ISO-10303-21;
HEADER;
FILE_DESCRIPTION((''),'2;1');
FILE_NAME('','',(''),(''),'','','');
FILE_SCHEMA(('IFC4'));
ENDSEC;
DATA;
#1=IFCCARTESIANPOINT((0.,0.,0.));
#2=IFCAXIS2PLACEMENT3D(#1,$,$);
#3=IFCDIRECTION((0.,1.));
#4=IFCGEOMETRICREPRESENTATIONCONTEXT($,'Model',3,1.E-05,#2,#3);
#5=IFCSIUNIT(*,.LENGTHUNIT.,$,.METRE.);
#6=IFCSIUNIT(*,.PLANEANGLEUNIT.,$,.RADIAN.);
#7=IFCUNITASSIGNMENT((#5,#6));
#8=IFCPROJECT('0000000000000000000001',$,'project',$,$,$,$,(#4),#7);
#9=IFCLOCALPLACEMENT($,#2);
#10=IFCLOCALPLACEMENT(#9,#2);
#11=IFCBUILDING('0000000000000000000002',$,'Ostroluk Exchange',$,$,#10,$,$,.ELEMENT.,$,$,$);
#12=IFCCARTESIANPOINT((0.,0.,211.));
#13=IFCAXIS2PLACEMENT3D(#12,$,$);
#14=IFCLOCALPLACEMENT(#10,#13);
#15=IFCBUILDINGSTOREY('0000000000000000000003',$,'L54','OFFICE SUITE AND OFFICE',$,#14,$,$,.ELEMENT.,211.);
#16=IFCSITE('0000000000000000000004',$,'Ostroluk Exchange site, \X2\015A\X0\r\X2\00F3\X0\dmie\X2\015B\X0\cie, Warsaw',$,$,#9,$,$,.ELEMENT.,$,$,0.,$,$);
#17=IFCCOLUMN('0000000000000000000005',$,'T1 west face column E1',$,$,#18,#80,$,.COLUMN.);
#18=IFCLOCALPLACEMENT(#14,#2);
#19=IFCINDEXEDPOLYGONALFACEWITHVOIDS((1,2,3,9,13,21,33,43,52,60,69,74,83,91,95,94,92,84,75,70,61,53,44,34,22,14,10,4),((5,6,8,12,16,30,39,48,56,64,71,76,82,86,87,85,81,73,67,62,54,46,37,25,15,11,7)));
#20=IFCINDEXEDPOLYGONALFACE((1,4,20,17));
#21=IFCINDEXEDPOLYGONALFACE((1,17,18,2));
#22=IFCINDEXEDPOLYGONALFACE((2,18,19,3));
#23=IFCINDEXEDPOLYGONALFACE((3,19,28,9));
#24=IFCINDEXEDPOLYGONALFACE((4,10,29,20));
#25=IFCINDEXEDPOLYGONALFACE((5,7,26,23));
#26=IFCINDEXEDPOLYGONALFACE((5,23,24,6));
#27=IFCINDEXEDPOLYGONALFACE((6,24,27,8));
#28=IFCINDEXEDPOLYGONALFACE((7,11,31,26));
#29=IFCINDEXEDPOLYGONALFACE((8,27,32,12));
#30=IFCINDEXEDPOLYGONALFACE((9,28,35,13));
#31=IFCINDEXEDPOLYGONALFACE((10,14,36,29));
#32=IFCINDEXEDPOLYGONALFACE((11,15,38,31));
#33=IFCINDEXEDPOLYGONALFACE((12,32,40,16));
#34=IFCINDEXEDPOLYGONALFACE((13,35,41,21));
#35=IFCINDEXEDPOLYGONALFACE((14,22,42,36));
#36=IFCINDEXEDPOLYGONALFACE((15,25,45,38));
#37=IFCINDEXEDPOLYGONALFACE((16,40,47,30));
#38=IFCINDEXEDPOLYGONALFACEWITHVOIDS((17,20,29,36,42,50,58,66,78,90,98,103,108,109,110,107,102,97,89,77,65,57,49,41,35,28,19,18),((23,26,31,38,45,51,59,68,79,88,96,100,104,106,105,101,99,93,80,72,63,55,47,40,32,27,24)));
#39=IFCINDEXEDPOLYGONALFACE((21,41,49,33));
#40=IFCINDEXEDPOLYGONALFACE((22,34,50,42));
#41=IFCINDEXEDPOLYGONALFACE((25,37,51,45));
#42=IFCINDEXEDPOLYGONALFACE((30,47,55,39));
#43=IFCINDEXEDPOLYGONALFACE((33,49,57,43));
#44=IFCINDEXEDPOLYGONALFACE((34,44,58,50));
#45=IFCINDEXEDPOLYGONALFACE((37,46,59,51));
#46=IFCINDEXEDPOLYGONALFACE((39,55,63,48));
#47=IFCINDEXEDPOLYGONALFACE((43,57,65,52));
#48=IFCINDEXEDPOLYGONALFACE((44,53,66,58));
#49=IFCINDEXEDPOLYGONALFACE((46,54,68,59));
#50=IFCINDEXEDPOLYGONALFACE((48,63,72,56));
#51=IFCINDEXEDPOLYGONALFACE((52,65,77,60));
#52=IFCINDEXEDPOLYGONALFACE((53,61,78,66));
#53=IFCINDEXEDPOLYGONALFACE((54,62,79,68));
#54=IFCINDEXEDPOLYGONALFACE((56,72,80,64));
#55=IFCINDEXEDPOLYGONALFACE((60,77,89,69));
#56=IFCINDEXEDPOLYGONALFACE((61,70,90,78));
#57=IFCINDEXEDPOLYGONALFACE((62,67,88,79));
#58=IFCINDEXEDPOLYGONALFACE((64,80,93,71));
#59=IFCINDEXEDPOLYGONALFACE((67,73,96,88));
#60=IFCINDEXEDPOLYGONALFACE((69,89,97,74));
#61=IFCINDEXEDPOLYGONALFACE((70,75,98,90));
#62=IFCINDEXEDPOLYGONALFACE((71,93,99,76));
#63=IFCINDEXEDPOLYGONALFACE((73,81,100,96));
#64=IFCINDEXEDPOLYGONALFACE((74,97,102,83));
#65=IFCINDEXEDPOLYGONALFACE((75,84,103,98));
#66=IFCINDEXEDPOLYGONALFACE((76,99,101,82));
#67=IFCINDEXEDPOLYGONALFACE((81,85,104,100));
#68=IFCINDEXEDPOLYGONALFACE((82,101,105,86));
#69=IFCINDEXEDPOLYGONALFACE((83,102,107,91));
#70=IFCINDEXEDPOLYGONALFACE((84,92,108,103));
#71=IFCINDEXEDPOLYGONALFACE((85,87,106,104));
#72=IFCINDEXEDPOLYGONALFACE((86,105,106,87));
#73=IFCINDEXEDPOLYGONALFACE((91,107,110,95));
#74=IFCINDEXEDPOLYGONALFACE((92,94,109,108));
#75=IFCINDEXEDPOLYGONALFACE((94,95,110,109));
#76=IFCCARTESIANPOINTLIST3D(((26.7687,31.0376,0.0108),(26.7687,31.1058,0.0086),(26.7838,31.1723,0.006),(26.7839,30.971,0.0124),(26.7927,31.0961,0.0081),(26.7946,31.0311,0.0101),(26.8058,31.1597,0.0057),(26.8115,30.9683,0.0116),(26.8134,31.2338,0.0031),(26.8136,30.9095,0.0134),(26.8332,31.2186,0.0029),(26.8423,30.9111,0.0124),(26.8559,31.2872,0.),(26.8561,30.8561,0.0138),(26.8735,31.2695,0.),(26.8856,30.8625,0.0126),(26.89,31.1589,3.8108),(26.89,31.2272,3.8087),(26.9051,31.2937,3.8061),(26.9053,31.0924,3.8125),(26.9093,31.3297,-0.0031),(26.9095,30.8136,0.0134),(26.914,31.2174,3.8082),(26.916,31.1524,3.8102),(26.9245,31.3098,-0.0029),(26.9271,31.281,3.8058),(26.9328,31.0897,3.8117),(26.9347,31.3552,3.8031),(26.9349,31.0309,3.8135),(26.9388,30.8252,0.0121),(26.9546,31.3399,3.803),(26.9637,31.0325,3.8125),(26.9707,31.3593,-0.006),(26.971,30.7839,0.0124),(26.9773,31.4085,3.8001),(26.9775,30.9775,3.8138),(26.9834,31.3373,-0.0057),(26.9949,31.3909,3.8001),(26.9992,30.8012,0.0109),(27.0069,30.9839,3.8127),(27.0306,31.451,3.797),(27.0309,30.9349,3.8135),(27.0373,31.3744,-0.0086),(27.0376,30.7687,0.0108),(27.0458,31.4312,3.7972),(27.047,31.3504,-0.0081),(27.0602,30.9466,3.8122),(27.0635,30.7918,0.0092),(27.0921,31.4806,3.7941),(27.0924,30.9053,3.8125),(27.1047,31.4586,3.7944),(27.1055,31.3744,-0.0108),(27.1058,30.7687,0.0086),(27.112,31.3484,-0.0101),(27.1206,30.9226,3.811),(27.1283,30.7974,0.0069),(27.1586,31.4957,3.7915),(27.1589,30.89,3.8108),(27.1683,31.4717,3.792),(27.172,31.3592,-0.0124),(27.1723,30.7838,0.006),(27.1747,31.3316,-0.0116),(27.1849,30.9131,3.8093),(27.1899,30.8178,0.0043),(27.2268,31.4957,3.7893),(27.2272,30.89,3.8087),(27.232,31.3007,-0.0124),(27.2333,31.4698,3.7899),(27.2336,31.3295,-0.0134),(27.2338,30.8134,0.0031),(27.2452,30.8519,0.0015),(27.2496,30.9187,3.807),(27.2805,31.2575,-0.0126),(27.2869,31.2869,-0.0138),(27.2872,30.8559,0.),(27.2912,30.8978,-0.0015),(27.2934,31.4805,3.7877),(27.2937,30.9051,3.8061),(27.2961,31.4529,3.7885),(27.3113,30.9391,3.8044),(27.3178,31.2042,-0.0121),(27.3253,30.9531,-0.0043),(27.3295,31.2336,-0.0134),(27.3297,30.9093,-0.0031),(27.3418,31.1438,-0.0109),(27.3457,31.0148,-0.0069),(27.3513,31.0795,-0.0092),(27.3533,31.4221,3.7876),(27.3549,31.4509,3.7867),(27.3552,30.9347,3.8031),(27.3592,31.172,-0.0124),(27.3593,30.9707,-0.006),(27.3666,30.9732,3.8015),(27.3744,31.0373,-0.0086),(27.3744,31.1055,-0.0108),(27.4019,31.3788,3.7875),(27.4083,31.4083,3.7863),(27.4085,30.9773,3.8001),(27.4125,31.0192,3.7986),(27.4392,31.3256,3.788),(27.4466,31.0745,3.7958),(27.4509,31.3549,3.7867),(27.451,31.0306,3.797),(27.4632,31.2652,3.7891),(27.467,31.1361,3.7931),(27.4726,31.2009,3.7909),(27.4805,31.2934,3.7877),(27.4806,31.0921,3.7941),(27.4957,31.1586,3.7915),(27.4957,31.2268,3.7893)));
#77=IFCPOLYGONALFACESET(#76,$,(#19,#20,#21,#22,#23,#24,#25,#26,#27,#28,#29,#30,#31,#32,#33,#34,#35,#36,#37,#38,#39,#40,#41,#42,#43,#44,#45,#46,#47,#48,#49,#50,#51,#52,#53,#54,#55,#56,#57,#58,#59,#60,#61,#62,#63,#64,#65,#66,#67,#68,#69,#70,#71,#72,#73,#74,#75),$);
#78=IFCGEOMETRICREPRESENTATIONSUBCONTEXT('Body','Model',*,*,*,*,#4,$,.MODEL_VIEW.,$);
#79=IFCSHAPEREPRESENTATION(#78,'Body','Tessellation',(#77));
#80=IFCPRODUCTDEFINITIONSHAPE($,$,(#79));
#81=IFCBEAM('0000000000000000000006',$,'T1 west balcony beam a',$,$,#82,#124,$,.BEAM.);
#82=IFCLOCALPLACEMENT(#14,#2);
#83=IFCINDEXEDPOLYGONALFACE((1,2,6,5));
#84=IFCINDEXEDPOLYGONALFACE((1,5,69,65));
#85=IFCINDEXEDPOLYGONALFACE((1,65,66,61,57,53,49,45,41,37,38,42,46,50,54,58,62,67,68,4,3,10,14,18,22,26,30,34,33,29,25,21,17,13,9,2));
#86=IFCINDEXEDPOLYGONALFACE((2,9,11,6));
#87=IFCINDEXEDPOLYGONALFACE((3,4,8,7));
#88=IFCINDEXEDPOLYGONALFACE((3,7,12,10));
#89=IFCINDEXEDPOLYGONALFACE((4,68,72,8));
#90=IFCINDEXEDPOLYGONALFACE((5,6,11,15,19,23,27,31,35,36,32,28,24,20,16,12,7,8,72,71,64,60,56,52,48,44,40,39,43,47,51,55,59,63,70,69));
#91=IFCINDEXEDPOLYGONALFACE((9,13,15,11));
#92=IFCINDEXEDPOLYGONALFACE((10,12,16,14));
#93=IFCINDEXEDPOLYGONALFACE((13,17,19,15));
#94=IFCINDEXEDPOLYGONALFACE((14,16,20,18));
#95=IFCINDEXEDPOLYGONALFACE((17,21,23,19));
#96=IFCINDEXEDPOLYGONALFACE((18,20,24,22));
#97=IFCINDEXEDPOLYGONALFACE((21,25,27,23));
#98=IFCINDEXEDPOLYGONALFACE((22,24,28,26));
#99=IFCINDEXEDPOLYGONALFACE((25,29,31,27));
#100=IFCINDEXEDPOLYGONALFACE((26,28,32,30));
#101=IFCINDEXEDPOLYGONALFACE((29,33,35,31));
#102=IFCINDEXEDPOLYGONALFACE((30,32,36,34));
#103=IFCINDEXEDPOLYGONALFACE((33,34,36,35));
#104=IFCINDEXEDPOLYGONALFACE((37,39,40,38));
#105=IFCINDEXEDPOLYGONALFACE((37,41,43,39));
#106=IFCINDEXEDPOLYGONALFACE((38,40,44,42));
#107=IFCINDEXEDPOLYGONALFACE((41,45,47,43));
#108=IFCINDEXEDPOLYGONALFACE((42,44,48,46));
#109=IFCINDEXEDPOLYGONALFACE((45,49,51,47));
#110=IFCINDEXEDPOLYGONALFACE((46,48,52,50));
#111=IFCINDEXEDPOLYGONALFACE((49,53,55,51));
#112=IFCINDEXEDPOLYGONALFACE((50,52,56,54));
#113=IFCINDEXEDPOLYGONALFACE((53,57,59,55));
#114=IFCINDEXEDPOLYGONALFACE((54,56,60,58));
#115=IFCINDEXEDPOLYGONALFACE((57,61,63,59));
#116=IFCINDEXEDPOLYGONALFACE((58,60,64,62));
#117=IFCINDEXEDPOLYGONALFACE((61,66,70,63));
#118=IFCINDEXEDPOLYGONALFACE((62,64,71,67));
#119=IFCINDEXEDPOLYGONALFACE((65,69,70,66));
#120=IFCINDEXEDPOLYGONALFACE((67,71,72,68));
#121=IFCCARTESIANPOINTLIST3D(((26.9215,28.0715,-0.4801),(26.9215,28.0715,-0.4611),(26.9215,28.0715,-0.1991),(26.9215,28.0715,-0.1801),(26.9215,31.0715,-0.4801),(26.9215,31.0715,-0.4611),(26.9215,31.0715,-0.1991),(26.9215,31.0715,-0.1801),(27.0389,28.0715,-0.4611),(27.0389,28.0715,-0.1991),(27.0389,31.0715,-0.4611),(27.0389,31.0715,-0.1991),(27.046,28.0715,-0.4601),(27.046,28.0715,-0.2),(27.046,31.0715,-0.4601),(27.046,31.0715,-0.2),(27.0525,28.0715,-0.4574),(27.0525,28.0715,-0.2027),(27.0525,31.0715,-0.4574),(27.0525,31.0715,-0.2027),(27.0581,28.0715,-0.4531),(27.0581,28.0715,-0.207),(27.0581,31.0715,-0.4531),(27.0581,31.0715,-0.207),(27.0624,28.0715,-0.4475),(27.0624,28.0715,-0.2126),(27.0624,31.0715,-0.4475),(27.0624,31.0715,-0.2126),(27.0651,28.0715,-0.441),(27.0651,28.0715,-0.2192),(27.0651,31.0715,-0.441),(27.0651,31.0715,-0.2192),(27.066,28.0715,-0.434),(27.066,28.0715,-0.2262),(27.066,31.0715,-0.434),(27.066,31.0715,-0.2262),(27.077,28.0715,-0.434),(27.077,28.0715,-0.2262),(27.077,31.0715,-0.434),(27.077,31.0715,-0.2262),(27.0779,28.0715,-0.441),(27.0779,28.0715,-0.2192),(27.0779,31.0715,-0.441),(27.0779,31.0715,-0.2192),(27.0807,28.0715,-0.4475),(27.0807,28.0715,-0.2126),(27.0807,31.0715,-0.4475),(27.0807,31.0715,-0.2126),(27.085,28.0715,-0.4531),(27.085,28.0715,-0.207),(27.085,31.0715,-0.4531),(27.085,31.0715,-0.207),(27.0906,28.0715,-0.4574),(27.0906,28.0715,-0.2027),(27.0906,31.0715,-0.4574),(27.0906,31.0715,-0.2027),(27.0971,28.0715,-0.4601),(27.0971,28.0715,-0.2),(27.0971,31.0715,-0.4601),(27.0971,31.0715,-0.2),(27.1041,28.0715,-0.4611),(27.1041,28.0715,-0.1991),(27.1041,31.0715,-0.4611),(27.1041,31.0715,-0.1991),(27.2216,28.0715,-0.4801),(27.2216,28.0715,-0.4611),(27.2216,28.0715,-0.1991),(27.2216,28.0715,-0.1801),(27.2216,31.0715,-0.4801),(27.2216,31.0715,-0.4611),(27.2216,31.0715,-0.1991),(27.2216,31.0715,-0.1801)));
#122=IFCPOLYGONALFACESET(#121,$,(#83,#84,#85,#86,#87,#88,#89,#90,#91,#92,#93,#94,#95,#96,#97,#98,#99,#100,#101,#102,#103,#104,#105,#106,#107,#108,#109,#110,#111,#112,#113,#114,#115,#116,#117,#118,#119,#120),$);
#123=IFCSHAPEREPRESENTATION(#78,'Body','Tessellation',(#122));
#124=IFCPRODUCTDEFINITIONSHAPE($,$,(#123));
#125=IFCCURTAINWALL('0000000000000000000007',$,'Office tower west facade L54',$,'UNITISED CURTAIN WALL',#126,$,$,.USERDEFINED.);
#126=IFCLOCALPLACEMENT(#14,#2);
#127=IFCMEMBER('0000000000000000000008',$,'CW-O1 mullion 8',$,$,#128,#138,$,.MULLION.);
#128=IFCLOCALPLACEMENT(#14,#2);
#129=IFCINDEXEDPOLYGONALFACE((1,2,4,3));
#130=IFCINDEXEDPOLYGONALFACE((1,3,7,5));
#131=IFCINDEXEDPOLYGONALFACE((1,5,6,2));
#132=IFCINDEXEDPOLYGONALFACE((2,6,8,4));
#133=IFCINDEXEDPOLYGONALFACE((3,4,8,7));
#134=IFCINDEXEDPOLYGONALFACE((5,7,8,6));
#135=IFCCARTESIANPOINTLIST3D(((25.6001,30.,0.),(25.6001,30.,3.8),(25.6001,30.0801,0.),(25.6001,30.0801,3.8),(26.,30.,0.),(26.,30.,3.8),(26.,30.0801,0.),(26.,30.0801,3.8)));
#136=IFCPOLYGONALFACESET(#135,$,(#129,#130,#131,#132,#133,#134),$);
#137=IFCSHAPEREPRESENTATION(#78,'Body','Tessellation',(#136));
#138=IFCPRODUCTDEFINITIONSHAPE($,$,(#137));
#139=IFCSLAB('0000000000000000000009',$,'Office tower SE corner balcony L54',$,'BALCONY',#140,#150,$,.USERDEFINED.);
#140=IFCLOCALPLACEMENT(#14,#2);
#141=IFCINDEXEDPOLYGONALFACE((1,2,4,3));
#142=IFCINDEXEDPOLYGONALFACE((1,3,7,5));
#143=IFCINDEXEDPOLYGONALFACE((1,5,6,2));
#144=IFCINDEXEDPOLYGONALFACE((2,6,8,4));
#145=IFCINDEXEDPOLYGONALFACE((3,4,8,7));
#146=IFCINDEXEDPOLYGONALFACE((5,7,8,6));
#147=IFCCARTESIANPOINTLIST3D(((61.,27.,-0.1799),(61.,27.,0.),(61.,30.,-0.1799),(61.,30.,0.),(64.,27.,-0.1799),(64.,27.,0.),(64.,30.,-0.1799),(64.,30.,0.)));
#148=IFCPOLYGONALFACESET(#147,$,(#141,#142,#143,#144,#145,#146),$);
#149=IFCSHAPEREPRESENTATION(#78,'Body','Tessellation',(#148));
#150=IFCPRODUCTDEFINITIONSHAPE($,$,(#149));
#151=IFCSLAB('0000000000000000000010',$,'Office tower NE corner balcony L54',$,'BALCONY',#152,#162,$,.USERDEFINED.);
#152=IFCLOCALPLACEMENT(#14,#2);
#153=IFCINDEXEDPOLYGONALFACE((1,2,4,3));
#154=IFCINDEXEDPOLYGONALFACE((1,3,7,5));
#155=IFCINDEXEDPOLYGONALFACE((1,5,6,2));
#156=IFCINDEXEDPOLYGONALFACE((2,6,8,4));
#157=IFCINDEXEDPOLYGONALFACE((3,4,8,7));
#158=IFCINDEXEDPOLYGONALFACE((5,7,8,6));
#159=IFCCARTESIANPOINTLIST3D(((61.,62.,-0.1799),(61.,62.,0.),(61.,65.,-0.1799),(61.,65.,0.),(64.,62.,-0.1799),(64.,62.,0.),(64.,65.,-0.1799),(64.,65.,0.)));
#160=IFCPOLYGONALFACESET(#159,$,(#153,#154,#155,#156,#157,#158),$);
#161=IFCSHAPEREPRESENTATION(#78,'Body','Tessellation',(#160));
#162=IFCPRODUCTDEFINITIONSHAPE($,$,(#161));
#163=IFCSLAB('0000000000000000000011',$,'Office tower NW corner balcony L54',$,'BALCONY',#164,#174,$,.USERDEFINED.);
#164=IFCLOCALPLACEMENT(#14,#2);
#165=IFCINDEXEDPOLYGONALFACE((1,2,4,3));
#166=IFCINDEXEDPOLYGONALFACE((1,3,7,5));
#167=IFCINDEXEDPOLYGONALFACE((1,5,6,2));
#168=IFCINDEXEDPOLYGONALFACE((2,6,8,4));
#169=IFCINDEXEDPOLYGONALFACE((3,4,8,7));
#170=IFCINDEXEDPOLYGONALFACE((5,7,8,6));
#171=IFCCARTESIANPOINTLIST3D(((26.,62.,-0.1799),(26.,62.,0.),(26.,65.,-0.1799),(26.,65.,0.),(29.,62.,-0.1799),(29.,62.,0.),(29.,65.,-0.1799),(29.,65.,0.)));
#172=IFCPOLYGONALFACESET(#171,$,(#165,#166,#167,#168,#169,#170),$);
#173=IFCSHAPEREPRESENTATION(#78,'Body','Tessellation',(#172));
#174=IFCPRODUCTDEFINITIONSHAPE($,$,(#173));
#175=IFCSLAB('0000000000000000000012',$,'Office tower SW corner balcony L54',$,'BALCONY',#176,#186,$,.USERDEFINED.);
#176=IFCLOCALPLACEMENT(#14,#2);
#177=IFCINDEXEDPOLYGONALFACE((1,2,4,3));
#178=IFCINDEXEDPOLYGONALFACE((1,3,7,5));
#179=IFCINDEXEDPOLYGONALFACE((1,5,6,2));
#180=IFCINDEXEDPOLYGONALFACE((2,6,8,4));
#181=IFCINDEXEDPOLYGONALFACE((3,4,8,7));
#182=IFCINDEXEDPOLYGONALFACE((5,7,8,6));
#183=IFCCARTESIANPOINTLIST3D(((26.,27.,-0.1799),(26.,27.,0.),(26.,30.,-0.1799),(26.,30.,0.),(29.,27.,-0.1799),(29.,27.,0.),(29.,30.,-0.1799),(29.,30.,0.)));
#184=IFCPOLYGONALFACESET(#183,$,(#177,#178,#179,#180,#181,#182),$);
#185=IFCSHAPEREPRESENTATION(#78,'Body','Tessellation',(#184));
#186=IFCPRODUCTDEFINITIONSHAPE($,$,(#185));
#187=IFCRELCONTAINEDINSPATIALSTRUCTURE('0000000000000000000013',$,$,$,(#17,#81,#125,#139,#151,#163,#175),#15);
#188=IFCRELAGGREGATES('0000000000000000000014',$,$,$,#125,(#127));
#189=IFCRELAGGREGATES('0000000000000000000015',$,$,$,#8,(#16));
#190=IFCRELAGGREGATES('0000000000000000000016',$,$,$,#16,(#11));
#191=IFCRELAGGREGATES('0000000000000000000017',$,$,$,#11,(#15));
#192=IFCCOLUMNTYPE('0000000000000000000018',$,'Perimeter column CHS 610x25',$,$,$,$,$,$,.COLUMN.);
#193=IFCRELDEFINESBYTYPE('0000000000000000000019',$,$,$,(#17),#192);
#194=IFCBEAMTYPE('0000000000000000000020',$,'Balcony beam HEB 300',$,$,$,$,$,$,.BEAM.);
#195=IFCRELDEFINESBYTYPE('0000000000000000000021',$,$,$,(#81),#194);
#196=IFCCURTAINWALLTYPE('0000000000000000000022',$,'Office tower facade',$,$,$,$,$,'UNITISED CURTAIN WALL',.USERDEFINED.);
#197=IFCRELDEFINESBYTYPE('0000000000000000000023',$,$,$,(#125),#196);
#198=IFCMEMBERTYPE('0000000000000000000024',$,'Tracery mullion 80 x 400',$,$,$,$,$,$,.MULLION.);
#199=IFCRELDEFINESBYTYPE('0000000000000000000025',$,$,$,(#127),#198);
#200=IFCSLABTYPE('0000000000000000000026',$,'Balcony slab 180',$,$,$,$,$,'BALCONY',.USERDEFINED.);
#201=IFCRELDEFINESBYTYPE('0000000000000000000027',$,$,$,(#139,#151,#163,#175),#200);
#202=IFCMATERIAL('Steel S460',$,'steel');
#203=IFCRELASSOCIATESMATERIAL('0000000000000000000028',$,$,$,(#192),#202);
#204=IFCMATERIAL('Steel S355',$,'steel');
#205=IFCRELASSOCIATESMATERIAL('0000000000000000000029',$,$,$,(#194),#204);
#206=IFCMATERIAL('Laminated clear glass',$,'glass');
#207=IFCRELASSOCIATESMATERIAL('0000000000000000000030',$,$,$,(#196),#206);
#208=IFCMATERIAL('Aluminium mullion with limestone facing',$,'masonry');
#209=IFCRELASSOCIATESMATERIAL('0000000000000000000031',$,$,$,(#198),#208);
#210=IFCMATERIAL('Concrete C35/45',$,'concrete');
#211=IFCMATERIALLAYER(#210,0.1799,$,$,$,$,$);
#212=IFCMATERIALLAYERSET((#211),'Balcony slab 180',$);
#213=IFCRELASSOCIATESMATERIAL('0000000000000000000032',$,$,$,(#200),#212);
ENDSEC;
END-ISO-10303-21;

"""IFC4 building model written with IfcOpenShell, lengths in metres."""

from ifc_helpers import new_model, si_unit, direction, frame, origin, origin_2d, place, context, subcontext, project, spatial, polyline, rectangle, hollow_circle, i_section, outline, extrude, material, layer, layer_set, material_profile, profile_set, type_object, element, aggregate, save


model = new_model("IFC4")

# Units and contexts
model_context = context("Model", 3, precision=1e-05, world=origin(), true_north=direction((0.0, 1.0)))
body_context = subcontext(model_context, "Body", "Model", "MODEL_VIEW")
ifc_project = project(units=[si_unit("LENGTHUNIT", "METRE"), si_unit("PLANEANGLEUNIT", "RADIAN")], contexts=[model_context])

# Site, building, storey
site_placement = place(None, origin())
site = spatial("IfcSite", under=ifc_project, at=site_placement, Name="Ostroluk Exchange site, Śródmieście, Warsaw", CompositionType="ELEMENT", RefElevation=0.0)
building_placement = place(site_placement, origin())
building = spatial("IfcBuilding", under=site, at=building_placement, Name="Ostroluk Exchange", CompositionType="ELEMENT")
storey_placement = place(building_placement, frame((0.0, 0.0, 211.0)))
storey = spatial("IfcBuildingStorey", under=building, at=storey_placement, Name="L54", Description="OFFICE SUITE AND OFFICE", CompositionType="ELEMENT", Elevation=211.0)

# Column
ifc_material_1 = material(Name="Steel S460", Category="steel")
ifc_material_profile_1 = material_profile(ifc_material_1, hollow_circle(Radius=0.3049, WallThickness=0.0249, at=origin_2d()), Name="CHS 610x25")
ifc_profile_set_1 = profile_set([ifc_material_profile_1], Name="Steel S460")
column_type = type_object("IfcColumnType", Name="Perimeter column CHS 610x25", PredefinedType="COLUMN", material=ifc_profile_set_1)
column_placement = place(storey_placement, frame((27.0715, 31.0715, 0.0), z_axis=(0.031898, 0.031898, 0.998982), x_axis=(-0.707107, 0.707107, 0.0)))
element("IfcColumn", 1, at=column_placement, inside=storey, type_object=column_type, Name="T1 west face column E1", PredefinedType="COLUMN", context=body_context, shape_type="SweptSolid", body=[
    extrude(hollow_circle(Radius=0.3049, WallThickness=0.0249, at=origin_2d()), origin(), (0.0, 0.0, 1.0), 3.804),
])

# Beam
ifc_material_2 = material(Name="Steel S355", Category="steel")
ifc_material_profile_2 = material_profile(ifc_material_2, i_section(OverallWidth=0.3, OverallDepth=0.3, WebThickness=0.011, FlangeThickness=0.019, FilletRadius=0.0271, at=origin_2d()), Name="HEB 300")
ifc_profile_set_2 = profile_set([ifc_material_profile_2], Name="Steel S355")
beam_type = type_object("IfcBeamType", Name="Balcony beam HEB 300", PredefinedType="BEAM", material=ifc_profile_set_2)
beam_placement = place(storey_placement, frame((27.0715, 31.0715, -0.3301), z_axis=(0.0, -1.0, 0.0), x_axis=(1.0, 0.0, 0.0)))
element("IfcBeam", 2, at=beam_placement, inside=storey, type_object=beam_type, Name="T1 west balcony beam a", PredefinedType="BEAM", context=body_context, shape_type="SweptSolid", body=[
    extrude(i_section(OverallWidth=0.3, OverallDepth=0.3, WebThickness=0.011, FlangeThickness=0.019, FilletRadius=0.0271, at=origin_2d()), origin(), (0.0, 0.0, 1.0), 3.0),
])

# Curtain wall, member
ifc_material_3 = material(Name="Laminated clear glass", Category="glass")
curtain_wall_type = type_object("IfcCurtainWallType", Name="Office tower facade", ElementType="UNITISED CURTAIN WALL", PredefinedType="USERDEFINED", material=ifc_material_3)
curtain_wall_placement = place(storey_placement, origin())
curtain_wall = element("IfcCurtainWall", 3, at=curtain_wall_placement, inside=storey, type_object=curtain_wall_type, Name="Office tower west facade L54", ObjectType="UNITISED CURTAIN WALL", PredefinedType="USERDEFINED")
ifc_material_4 = material(Name="Aluminium mullion with limestone facing", Category="masonry")
ifc_material_profile_3 = material_profile(ifc_material_4, rectangle(XDim=0.3999, YDim=0.0801, at=origin_2d()), Name="Tracery mullion 80 x 400")
ifc_profile_set_3 = profile_set([ifc_material_profile_3], Name="Aluminium mullion with limestone facing")
member_type = type_object("IfcMemberType", Name="Tracery mullion 80 x 400", PredefinedType="MULLION", material=ifc_profile_set_3)
member_placement = place(storey_placement, frame((25.8, 30.04, 0.0), z_axis=(0.0, 0.0, 1.0), x_axis=(1.0, 0.0, 0.0)))
member = element("IfcMember", 4, at=member_placement, type_object=member_type, Name="CW-O1 mullion 8", PredefinedType="MULLION", context=body_context, shape_type="SweptSolid", body=[
    extrude(rectangle(XDim=0.3999, YDim=0.0801, at=origin_2d()), origin(), (0.0, 0.0, 1.0), 3.8),
])
aggregate(curtain_wall, [member])

# Slabs
ifc_material_5 = material(Name="Concrete C35/45", Category="concrete")
ifc_layer_1 = layer(ifc_material_5, 0.1799)
ifc_layer_set_1 = layer_set([ifc_layer_1], Name="Balcony slab 180")
slab_type_1 = type_object("IfcSlabType", Name="Balcony slab 180", ElementType="BALCONY", PredefinedType="USERDEFINED", material=ifc_layer_set_1)
slab_1_placement = place(storey_placement, frame((0.0, 0.0, -0.1799)))
element("IfcSlab", 5, at=slab_1_placement, inside=storey, type_object=slab_type_1, Name="Office tower SE corner balcony L54", ObjectType="BALCONY", PredefinedType="USERDEFINED", context=body_context, shape_type="SweptSolid", body=[
    extrude(outline(polyline([(61.0, 27.0), (64.0, 27.0), (64.0, 30.0), (61.0, 30.0), (61.0, 27.0)])), origin(), (0.0, 0.0, 1.0), 0.1799),
])
slab_2_placement = place(storey_placement, frame((0.0, 0.0, -0.1799)))
element("IfcSlab", 6, at=slab_2_placement, inside=storey, type_object=slab_type_1, Name="Office tower NE corner balcony L54", ObjectType="BALCONY", PredefinedType="USERDEFINED", context=body_context, shape_type="SweptSolid", body=[
    extrude(outline(polyline([(61.0, 62.0), (64.0, 62.0), (64.0, 65.0), (61.0, 65.0), (61.0, 62.0)])), origin(), (0.0, 0.0, 1.0), 0.1799),
])
slab_3_placement = place(storey_placement, frame((0.0, 0.0, -0.1799)))
element("IfcSlab", 7, at=slab_3_placement, inside=storey, type_object=slab_type_1, Name="Office tower NW corner balcony L54", ObjectType="BALCONY", PredefinedType="USERDEFINED", context=body_context, shape_type="SweptSolid", body=[
    extrude(outline(polyline([(26.0, 62.0), (29.0, 62.0), (29.0, 65.0), (26.0, 65.0), (26.0, 62.0)])), origin(), (0.0, 0.0, 1.0), 0.1799),
])
slab_4_placement = place(storey_placement, frame((0.0, 0.0, -0.1799)))
element("IfcSlab", 8, at=slab_4_placement, inside=storey, type_object=slab_type_1, Name="Office tower SW corner balcony L54", ObjectType="BALCONY", PredefinedType="USERDEFINED", context=body_context, shape_type="SweptSolid", body=[
    extrude(outline(polyline([(26.0, 27.0), (29.0, 27.0), (29.0, 30.0), (26.0, 30.0), (26.0, 27.0)])), origin(), (0.0, 0.0, 1.0), 0.1799),
])

save(model, "model.ifc")
